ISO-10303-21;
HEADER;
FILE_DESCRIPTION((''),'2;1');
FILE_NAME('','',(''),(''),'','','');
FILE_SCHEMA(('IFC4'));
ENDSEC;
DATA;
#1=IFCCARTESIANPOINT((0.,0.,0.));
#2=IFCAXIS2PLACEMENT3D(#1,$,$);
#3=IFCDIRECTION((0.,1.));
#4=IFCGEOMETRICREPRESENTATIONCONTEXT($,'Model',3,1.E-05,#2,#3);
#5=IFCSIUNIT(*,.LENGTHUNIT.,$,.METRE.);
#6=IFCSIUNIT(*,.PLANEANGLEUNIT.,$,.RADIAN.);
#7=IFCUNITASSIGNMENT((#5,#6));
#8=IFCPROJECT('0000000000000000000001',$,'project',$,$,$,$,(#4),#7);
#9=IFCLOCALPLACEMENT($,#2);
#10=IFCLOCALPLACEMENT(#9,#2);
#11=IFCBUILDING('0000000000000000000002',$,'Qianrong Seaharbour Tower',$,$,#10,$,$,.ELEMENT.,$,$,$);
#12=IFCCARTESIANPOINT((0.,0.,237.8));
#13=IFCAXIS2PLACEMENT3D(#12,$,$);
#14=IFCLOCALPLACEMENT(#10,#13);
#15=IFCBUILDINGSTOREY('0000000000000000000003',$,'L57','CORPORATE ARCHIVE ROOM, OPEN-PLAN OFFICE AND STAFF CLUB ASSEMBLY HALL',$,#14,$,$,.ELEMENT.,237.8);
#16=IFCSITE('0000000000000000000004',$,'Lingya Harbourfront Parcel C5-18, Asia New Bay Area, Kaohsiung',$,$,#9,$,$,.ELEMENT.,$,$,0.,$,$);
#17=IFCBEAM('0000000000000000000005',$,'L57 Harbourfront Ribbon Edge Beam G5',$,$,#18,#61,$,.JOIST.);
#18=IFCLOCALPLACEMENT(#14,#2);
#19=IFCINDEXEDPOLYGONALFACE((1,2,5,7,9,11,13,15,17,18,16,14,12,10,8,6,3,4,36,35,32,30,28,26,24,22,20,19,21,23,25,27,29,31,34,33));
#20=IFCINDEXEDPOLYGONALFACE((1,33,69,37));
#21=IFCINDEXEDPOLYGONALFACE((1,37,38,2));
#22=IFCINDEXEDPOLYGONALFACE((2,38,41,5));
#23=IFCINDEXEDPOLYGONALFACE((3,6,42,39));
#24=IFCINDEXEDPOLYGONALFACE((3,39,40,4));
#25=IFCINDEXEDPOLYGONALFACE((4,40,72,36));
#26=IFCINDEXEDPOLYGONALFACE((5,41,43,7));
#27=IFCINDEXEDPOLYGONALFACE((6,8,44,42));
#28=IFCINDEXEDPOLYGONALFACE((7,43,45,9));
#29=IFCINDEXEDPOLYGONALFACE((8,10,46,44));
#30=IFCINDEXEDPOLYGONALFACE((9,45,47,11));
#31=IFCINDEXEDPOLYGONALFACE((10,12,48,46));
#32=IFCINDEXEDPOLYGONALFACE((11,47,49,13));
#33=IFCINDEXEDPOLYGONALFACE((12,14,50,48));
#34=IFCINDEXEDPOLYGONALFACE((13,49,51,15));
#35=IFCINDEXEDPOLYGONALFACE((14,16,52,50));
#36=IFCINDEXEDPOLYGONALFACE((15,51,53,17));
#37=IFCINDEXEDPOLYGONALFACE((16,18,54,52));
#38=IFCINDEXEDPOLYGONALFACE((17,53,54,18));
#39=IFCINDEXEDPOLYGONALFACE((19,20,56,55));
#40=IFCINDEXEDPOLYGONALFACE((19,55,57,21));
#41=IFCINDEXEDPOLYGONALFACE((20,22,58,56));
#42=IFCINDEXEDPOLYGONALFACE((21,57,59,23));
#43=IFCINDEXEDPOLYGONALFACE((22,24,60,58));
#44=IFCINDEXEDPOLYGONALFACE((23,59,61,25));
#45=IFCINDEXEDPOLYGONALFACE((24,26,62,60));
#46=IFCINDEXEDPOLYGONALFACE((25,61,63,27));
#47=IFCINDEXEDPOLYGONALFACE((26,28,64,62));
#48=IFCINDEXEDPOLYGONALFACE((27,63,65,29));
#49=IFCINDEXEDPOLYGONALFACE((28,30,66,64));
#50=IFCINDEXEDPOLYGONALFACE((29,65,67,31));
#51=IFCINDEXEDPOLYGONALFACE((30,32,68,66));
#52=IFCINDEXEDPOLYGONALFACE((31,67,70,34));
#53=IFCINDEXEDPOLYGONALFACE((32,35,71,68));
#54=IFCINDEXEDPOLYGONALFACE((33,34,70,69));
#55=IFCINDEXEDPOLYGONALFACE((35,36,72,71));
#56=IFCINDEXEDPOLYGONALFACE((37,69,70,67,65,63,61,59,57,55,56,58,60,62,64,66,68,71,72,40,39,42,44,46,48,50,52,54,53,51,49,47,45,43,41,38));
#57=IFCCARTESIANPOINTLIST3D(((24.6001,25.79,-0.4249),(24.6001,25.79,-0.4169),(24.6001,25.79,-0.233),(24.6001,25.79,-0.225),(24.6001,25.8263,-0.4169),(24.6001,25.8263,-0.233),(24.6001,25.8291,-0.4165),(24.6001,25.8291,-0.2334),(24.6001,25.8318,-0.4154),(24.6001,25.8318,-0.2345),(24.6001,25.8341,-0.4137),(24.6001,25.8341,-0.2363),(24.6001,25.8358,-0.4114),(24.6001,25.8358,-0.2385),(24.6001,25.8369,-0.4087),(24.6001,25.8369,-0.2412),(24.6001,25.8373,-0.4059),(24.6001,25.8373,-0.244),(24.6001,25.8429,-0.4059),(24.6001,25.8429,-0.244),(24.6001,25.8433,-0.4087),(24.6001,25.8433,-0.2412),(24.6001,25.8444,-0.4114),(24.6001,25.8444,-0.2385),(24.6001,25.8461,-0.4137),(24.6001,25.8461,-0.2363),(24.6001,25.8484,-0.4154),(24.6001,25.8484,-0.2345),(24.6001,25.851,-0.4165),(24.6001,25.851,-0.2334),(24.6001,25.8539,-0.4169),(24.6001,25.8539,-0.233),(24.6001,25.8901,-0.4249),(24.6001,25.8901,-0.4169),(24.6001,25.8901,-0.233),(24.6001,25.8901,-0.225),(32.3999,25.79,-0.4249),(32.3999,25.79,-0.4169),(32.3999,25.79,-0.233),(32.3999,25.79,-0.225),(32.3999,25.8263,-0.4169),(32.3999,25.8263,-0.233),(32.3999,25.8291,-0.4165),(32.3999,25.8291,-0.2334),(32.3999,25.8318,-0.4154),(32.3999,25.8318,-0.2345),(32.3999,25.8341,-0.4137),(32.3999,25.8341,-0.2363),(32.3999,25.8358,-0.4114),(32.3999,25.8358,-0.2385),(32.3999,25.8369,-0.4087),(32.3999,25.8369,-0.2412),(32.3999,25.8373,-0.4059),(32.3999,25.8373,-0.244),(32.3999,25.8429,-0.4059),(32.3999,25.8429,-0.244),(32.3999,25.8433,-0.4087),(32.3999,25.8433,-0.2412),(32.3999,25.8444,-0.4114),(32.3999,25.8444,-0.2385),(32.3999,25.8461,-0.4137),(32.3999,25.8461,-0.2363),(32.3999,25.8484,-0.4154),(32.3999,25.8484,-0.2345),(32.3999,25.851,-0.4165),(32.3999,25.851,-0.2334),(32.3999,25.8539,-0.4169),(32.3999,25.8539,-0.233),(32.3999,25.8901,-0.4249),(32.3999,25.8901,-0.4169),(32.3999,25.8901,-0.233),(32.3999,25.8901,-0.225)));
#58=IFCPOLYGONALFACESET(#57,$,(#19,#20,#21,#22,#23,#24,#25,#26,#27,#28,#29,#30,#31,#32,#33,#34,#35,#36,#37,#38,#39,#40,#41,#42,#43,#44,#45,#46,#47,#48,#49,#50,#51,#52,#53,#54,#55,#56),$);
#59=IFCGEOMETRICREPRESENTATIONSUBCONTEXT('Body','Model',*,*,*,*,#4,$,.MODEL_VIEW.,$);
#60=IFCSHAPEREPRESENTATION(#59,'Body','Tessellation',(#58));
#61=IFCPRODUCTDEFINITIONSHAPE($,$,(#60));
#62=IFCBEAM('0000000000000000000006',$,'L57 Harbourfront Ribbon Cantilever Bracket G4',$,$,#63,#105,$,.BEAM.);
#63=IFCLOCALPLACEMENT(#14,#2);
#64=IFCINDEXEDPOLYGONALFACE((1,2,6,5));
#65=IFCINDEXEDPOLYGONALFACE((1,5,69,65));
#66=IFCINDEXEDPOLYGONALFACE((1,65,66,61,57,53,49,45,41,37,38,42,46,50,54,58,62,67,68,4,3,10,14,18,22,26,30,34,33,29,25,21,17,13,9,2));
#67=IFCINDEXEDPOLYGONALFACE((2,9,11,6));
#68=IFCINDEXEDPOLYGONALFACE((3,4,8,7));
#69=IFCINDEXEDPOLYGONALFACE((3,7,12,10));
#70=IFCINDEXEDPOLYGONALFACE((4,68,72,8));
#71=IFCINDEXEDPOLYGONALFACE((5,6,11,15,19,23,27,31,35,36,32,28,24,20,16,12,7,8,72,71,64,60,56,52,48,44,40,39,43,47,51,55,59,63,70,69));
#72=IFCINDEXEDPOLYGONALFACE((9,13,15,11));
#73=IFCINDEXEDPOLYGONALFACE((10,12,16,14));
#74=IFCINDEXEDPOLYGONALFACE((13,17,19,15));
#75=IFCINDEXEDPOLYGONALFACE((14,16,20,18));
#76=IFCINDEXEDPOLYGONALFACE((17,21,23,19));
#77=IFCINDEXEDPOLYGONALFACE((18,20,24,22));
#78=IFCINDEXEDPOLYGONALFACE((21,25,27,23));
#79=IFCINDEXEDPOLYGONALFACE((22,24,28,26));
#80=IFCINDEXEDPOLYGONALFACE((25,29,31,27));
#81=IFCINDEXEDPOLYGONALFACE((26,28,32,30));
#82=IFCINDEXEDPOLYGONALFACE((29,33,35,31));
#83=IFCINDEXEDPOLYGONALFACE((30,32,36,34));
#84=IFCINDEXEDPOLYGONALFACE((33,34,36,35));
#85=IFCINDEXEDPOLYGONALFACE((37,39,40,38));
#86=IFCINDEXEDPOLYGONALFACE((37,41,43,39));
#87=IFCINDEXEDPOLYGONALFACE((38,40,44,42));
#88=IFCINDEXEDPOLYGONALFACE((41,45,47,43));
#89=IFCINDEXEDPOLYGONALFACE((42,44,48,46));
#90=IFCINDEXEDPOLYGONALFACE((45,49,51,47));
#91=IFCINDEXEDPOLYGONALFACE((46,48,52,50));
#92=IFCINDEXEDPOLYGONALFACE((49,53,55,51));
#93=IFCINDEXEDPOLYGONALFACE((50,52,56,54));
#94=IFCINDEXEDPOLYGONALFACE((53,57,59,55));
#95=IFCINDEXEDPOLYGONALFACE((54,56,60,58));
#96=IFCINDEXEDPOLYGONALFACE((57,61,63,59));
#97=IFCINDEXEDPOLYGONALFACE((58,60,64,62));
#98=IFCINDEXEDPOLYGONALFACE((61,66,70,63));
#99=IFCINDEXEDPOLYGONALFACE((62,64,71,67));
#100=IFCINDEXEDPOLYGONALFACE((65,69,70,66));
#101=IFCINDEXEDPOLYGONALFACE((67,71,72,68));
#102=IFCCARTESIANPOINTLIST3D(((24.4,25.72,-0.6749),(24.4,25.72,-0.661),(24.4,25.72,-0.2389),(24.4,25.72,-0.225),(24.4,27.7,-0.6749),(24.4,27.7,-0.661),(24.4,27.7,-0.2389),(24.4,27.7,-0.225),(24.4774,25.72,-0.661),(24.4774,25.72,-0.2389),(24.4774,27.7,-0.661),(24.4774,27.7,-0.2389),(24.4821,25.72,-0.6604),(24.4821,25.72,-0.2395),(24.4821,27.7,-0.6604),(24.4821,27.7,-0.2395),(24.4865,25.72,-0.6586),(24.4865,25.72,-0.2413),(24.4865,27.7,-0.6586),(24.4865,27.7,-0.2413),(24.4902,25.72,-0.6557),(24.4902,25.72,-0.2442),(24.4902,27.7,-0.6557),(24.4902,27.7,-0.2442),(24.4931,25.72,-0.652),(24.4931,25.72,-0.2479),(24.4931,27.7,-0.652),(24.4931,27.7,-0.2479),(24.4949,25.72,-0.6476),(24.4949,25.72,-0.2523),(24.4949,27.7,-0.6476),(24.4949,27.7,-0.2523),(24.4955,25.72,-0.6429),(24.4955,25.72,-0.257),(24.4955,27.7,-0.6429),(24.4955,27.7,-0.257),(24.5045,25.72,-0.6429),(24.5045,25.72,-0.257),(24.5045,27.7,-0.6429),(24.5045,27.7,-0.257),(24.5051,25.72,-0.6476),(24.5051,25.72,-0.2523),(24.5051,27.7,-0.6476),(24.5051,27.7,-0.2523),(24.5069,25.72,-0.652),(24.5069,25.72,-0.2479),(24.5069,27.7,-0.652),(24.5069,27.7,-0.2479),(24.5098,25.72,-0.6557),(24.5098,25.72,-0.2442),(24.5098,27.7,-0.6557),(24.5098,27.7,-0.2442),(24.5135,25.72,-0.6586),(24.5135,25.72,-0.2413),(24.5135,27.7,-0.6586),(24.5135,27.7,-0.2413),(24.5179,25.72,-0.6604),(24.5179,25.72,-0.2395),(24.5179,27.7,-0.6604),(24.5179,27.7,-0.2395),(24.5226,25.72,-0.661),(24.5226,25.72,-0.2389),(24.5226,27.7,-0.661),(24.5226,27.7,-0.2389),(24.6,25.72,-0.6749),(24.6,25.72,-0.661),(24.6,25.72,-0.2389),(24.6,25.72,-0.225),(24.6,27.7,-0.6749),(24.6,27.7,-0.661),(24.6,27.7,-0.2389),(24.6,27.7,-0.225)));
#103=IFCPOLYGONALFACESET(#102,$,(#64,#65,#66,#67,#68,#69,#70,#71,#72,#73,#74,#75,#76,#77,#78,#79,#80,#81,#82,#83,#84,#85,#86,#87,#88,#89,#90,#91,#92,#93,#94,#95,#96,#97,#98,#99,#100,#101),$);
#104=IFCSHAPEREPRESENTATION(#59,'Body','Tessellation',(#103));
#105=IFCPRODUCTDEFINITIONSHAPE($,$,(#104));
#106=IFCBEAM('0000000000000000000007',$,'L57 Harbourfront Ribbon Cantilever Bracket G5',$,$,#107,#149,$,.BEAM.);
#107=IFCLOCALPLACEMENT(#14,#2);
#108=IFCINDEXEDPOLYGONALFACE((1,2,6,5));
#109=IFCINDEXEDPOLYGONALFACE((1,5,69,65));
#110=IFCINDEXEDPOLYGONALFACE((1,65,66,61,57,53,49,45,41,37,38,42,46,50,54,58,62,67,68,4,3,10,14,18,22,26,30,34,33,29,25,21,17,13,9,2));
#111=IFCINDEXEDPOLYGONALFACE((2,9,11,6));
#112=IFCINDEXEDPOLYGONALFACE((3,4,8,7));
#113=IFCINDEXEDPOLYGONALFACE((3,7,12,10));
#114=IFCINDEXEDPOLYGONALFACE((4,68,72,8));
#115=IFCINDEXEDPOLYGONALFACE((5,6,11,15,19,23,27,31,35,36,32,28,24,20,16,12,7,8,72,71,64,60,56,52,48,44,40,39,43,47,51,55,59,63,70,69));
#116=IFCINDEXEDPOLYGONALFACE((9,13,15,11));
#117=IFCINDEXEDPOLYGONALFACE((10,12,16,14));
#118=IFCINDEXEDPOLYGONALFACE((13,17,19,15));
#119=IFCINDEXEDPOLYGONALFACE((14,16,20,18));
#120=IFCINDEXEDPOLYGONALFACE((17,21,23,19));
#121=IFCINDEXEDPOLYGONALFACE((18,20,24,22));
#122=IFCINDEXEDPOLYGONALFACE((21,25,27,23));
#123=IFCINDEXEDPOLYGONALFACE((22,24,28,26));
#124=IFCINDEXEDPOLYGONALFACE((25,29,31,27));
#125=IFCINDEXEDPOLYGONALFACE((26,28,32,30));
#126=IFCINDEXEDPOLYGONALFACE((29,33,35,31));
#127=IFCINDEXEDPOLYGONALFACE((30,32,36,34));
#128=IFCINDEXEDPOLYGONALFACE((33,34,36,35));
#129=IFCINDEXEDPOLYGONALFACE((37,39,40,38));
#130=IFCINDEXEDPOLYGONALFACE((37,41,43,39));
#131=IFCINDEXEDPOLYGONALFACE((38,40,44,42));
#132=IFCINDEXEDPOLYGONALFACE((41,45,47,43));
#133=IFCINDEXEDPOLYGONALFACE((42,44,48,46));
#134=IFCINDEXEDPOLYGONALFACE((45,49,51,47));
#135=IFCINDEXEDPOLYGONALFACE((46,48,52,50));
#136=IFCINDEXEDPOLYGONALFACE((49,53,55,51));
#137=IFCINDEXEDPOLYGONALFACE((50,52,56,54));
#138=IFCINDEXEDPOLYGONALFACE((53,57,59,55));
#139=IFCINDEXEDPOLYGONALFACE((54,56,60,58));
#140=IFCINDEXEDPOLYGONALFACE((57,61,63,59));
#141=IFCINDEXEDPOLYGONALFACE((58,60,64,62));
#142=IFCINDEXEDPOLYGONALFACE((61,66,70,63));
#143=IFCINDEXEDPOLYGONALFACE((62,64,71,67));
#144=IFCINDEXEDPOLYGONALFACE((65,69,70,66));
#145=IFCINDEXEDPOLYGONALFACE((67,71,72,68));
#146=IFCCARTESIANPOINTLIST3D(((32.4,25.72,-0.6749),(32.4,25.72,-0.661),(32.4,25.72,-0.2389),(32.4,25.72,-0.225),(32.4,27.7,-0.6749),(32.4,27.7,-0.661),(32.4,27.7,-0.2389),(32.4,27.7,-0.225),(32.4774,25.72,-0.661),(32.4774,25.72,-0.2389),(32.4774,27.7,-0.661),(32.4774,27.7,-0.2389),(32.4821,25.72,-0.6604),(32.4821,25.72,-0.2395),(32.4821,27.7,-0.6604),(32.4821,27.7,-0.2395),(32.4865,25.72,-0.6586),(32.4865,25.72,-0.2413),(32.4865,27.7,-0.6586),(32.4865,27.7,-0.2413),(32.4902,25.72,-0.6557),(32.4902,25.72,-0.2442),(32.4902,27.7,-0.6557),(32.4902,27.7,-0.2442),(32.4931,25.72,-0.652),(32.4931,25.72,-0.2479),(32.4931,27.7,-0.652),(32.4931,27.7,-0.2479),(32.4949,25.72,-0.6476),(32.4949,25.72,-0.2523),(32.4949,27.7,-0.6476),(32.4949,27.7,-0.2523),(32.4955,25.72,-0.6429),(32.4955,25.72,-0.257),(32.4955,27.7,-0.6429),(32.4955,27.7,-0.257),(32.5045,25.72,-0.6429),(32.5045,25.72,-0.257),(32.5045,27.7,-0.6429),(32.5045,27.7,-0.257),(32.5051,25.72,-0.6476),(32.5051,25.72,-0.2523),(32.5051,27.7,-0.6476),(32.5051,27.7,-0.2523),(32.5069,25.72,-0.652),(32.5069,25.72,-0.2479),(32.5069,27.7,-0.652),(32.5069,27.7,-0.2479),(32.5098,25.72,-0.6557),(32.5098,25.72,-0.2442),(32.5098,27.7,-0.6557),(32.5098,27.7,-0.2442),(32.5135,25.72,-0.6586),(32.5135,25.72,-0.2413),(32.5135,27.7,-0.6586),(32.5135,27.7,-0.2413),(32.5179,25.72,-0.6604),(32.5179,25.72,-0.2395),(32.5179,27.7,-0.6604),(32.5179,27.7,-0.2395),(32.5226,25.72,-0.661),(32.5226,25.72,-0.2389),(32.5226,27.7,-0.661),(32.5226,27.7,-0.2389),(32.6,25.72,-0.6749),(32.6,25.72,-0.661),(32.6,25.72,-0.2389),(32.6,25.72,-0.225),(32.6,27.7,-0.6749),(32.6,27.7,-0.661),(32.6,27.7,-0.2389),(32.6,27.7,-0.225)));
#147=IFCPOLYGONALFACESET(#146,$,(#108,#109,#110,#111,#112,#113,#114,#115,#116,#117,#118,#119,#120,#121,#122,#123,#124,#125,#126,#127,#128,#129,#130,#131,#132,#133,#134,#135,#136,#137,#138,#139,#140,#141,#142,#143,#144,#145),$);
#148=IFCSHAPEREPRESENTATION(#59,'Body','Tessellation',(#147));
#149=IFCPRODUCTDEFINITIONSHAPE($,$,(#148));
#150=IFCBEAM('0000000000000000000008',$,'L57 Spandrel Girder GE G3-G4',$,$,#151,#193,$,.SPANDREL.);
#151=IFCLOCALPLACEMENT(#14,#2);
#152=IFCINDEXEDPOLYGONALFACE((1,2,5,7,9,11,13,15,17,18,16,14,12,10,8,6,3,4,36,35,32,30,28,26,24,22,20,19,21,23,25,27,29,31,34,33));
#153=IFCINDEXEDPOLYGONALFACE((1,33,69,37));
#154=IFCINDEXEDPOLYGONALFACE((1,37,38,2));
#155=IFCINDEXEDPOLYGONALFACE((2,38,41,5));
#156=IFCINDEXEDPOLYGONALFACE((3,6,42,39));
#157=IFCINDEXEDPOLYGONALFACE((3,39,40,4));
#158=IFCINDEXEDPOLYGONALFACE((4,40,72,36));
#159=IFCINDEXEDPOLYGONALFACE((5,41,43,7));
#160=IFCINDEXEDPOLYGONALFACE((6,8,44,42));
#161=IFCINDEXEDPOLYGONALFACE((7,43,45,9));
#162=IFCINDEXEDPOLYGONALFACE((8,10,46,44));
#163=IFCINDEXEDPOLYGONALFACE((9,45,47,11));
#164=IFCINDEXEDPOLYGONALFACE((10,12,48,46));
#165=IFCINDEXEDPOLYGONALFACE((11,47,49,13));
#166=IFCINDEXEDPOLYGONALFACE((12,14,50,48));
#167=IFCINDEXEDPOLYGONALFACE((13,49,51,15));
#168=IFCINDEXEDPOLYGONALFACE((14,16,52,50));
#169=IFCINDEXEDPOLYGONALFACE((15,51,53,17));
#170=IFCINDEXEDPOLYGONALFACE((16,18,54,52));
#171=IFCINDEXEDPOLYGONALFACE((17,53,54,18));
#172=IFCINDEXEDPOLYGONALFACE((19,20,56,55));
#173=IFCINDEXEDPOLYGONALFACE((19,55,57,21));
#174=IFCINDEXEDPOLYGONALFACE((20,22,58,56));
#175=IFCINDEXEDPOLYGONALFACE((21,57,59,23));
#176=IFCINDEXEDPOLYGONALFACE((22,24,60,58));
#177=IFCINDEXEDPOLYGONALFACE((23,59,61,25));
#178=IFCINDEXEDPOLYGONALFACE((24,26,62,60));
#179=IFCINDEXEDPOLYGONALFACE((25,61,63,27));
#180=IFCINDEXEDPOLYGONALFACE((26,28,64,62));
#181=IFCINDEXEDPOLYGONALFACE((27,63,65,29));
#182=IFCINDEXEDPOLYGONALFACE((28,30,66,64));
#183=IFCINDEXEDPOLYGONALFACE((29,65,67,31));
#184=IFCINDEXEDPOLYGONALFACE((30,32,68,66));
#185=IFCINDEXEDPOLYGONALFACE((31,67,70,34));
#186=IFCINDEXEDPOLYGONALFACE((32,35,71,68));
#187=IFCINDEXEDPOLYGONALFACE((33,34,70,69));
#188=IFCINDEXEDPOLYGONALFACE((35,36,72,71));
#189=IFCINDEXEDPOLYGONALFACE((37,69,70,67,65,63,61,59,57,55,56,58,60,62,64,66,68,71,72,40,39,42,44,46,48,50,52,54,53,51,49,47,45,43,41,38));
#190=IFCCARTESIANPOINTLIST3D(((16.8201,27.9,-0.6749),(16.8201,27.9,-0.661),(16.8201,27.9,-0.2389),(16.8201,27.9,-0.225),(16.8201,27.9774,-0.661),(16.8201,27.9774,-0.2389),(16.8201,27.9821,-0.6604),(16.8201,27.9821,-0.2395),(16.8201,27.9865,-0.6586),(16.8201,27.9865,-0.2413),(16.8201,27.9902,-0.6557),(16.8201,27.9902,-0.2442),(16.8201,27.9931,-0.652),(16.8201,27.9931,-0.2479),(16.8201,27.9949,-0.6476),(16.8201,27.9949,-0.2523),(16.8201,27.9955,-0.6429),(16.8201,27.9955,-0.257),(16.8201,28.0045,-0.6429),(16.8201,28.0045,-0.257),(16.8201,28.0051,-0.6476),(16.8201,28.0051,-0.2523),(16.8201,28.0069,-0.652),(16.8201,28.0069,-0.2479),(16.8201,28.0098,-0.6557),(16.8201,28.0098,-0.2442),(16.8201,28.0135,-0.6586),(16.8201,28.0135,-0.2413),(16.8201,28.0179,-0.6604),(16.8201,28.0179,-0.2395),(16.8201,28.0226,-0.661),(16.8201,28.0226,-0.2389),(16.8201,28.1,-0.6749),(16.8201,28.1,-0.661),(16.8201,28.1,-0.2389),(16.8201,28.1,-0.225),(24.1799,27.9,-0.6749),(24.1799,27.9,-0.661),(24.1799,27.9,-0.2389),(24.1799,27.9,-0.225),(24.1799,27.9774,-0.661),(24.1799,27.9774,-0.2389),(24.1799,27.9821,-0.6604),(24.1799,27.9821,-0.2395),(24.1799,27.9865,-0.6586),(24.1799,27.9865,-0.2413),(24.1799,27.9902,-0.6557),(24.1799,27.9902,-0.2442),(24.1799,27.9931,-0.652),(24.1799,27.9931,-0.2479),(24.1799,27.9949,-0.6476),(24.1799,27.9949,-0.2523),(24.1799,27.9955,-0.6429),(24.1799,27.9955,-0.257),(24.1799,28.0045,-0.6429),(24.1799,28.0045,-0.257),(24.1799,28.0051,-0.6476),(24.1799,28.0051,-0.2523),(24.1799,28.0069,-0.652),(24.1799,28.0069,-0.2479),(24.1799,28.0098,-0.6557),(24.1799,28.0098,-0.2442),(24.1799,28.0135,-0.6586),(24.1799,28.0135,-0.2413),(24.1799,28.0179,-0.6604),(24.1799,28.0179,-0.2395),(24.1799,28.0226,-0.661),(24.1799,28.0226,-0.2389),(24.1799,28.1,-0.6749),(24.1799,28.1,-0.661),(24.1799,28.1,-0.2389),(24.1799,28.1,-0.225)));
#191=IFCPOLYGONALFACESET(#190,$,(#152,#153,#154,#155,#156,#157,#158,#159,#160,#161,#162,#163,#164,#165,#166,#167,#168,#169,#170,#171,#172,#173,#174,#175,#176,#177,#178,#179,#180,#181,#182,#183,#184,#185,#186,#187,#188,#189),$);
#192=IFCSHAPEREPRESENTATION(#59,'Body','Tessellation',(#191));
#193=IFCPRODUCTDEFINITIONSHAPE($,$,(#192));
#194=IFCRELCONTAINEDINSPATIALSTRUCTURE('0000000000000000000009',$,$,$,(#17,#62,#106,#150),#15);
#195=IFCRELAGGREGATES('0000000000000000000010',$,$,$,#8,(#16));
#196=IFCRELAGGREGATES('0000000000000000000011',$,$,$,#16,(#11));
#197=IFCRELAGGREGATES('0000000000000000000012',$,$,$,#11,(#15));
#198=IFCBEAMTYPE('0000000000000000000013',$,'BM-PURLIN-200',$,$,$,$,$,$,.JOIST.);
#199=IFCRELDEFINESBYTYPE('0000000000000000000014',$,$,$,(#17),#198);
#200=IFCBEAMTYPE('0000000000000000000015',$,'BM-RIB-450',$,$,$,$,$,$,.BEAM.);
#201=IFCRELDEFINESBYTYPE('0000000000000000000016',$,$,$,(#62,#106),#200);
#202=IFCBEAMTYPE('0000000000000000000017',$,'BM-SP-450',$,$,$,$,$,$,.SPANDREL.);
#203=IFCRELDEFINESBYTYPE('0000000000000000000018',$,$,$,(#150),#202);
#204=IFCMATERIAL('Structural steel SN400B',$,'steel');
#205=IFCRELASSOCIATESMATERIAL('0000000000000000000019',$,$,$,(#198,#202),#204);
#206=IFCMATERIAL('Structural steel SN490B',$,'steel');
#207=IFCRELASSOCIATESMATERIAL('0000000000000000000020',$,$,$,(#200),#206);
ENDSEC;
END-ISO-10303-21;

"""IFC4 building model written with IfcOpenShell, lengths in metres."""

from ifc_helpers import new_model, si_unit, direction, frame, origin, origin_2d, place, context, subcontext, project, spatial, i_section, extrude, material, material_profile, profile_set, type_object, element, save


model = new_model("IFC4")

# Units and contexts
model_context = context("Model", 3, precision=1e-05, world=origin(), true_north=direction((0.0, 1.0)))
body_context = subcontext(model_context, "Body", "Model", "MODEL_VIEW")
ifc_project = project(units=[si_unit("LENGTHUNIT", "METRE"), si_unit("PLANEANGLEUNIT", "RADIAN")], contexts=[model_context])

# Site, building, storey
site_placement = place(None, origin())
site = spatial("IfcSite", under=ifc_project, at=site_placement, Name="Lingya Harbourfront Parcel C5-18, Asia New Bay Area, Kaohsiung", CompositionType="ELEMENT", RefElevation=0.0)
building_placement = place(site_placement, origin())
building = spatial("IfcBuilding", under=site, at=building_placement, Name="Qianrong Seaharbour Tower", CompositionType="ELEMENT")
storey_placement = place(building_placement, frame((0.0, 0.0, 237.8)))
storey = spatial("IfcBuildingStorey", under=building, at=storey_placement, Name="L57", Description="CORPORATE ARCHIVE ROOM, OPEN-PLAN OFFICE AND STAFF CLUB ASSEMBLY HALL", CompositionType="ELEMENT", Elevation=237.8)

# Shared definitions
ifc_material_1 = material(Name="Structural steel SN490B", Category="steel")

# Beams
ifc_material_2 = material(Name="Structural steel SN400B", Category="steel")
ifc_material_profile_1 = material_profile(ifc_material_2, i_section(OverallWidth=0.1001, OverallDepth=0.2, WebThickness=0.0056, FlangeThickness=0.0081, FilletRadius=0.011, at=origin_2d()), Name="H200x100x5.5x8")
ifc_profile_set_1 = profile_set([ifc_material_profile_1], Name="Structural steel SN400B")
beam_type_1 = type_object("IfcBeamType", Name="BM-PURLIN-200", PredefinedType="JOIST", material=ifc_profile_set_1)
beam_1_placement = place(storey_placement, frame((24.6001, 25.8401, -0.325), z_axis=(1.0, 0.0, 0.0), x_axis=(0.0, 1.0, 0.0)))
element("IfcBeam", 1, at=beam_1_placement, inside=storey, type_object=beam_type_1, Name="L57 Harbourfront Ribbon Edge Beam G5", PredefinedType="JOIST", context=body_context, shape_type="SweptSolid", body=[
    extrude(i_section(OverallWidth=0.1001, OverallDepth=0.2, WebThickness=0.0056, FlangeThickness=0.0081, FilletRadius=0.011, at=origin_2d()), origin(), (0.0, 0.0, 1.0), 7.7998),
])
ifc_material_profile_2 = material_profile(ifc_material_1, i_section(OverallWidth=0.2, OverallDepth=0.45, WebThickness=0.009, FlangeThickness=0.0139, FilletRadius=0.0181, at=origin_2d()), Name="H450x200x9x14")
ifc_profile_set_2 = profile_set([ifc_material_profile_2], Name="Structural steel SN490B")
beam_type_2 = type_object("IfcBeamType", Name="BM-RIB-450", PredefinedType="BEAM", material=ifc_profile_set_2)
for number, where, z_axis, x_axis, name in (
    (2, (24.5, 27.7, -0.45), (0.0, -1.0, 0.0), (1.0, 0.0, 0.0), "L57 Harbourfront Ribbon Cantilever Bracket G4"),
    (3, (32.5, 27.7, -0.45), (0.0, -1.0, 0.0), (1.0, 0.0, 0.0), "L57 Harbourfront Ribbon Cantilever Bracket G5"),
):
    element("IfcBeam", number, at=place(storey_placement, frame(where, z_axis=z_axis, x_axis=x_axis)), inside=storey, type_object=beam_type_2, Name=name, PredefinedType="BEAM", context=body_context, shape_type="SweptSolid", body=[
        extrude(i_section(OverallWidth=0.2, OverallDepth=0.45, WebThickness=0.009, FlangeThickness=0.0139, FilletRadius=0.0181, at=origin_2d()), origin(), (0.0, 0.0, 1.0), 1.98),
    ])
ifc_material_profile_3 = material_profile(ifc_material_2, i_section(OverallWidth=0.2, OverallDepth=0.45, WebThickness=0.009, FlangeThickness=0.0139, FilletRadius=0.0181, at=origin_2d()), Name="H450x200x9x14")
ifc_profile_set_3 = profile_set([ifc_material_profile_3], Name="Structural steel SN400B")
beam_type_3 = type_object("IfcBeamType", Name="BM-SP-450", PredefinedType="SPANDREL", material=ifc_profile_set_3)
for number, where, z_axis, x_axis, name in (
    (4, (16.8201, 28.0, -0.45), (1.0, 0.0, 0.0), (0.0, 1.0, 0.0), "L57 Spandrel Girder GE G3-G4"),
):
    element("IfcBeam", number, at=place(storey_placement, frame(where, z_axis=z_axis, x_axis=x_axis)), inside=storey, type_object=beam_type_3, Name=name, PredefinedType="SPANDREL", context=body_context, shape_type="SweptSolid", body=[
        extrude(i_section(OverallWidth=0.2, OverallDepth=0.45, WebThickness=0.009, FlangeThickness=0.0139, FilletRadius=0.0181, at=origin_2d()), origin(), (0.0, 0.0, 1.0), 7.3599),
    ])

save(model, "model.ifc")
